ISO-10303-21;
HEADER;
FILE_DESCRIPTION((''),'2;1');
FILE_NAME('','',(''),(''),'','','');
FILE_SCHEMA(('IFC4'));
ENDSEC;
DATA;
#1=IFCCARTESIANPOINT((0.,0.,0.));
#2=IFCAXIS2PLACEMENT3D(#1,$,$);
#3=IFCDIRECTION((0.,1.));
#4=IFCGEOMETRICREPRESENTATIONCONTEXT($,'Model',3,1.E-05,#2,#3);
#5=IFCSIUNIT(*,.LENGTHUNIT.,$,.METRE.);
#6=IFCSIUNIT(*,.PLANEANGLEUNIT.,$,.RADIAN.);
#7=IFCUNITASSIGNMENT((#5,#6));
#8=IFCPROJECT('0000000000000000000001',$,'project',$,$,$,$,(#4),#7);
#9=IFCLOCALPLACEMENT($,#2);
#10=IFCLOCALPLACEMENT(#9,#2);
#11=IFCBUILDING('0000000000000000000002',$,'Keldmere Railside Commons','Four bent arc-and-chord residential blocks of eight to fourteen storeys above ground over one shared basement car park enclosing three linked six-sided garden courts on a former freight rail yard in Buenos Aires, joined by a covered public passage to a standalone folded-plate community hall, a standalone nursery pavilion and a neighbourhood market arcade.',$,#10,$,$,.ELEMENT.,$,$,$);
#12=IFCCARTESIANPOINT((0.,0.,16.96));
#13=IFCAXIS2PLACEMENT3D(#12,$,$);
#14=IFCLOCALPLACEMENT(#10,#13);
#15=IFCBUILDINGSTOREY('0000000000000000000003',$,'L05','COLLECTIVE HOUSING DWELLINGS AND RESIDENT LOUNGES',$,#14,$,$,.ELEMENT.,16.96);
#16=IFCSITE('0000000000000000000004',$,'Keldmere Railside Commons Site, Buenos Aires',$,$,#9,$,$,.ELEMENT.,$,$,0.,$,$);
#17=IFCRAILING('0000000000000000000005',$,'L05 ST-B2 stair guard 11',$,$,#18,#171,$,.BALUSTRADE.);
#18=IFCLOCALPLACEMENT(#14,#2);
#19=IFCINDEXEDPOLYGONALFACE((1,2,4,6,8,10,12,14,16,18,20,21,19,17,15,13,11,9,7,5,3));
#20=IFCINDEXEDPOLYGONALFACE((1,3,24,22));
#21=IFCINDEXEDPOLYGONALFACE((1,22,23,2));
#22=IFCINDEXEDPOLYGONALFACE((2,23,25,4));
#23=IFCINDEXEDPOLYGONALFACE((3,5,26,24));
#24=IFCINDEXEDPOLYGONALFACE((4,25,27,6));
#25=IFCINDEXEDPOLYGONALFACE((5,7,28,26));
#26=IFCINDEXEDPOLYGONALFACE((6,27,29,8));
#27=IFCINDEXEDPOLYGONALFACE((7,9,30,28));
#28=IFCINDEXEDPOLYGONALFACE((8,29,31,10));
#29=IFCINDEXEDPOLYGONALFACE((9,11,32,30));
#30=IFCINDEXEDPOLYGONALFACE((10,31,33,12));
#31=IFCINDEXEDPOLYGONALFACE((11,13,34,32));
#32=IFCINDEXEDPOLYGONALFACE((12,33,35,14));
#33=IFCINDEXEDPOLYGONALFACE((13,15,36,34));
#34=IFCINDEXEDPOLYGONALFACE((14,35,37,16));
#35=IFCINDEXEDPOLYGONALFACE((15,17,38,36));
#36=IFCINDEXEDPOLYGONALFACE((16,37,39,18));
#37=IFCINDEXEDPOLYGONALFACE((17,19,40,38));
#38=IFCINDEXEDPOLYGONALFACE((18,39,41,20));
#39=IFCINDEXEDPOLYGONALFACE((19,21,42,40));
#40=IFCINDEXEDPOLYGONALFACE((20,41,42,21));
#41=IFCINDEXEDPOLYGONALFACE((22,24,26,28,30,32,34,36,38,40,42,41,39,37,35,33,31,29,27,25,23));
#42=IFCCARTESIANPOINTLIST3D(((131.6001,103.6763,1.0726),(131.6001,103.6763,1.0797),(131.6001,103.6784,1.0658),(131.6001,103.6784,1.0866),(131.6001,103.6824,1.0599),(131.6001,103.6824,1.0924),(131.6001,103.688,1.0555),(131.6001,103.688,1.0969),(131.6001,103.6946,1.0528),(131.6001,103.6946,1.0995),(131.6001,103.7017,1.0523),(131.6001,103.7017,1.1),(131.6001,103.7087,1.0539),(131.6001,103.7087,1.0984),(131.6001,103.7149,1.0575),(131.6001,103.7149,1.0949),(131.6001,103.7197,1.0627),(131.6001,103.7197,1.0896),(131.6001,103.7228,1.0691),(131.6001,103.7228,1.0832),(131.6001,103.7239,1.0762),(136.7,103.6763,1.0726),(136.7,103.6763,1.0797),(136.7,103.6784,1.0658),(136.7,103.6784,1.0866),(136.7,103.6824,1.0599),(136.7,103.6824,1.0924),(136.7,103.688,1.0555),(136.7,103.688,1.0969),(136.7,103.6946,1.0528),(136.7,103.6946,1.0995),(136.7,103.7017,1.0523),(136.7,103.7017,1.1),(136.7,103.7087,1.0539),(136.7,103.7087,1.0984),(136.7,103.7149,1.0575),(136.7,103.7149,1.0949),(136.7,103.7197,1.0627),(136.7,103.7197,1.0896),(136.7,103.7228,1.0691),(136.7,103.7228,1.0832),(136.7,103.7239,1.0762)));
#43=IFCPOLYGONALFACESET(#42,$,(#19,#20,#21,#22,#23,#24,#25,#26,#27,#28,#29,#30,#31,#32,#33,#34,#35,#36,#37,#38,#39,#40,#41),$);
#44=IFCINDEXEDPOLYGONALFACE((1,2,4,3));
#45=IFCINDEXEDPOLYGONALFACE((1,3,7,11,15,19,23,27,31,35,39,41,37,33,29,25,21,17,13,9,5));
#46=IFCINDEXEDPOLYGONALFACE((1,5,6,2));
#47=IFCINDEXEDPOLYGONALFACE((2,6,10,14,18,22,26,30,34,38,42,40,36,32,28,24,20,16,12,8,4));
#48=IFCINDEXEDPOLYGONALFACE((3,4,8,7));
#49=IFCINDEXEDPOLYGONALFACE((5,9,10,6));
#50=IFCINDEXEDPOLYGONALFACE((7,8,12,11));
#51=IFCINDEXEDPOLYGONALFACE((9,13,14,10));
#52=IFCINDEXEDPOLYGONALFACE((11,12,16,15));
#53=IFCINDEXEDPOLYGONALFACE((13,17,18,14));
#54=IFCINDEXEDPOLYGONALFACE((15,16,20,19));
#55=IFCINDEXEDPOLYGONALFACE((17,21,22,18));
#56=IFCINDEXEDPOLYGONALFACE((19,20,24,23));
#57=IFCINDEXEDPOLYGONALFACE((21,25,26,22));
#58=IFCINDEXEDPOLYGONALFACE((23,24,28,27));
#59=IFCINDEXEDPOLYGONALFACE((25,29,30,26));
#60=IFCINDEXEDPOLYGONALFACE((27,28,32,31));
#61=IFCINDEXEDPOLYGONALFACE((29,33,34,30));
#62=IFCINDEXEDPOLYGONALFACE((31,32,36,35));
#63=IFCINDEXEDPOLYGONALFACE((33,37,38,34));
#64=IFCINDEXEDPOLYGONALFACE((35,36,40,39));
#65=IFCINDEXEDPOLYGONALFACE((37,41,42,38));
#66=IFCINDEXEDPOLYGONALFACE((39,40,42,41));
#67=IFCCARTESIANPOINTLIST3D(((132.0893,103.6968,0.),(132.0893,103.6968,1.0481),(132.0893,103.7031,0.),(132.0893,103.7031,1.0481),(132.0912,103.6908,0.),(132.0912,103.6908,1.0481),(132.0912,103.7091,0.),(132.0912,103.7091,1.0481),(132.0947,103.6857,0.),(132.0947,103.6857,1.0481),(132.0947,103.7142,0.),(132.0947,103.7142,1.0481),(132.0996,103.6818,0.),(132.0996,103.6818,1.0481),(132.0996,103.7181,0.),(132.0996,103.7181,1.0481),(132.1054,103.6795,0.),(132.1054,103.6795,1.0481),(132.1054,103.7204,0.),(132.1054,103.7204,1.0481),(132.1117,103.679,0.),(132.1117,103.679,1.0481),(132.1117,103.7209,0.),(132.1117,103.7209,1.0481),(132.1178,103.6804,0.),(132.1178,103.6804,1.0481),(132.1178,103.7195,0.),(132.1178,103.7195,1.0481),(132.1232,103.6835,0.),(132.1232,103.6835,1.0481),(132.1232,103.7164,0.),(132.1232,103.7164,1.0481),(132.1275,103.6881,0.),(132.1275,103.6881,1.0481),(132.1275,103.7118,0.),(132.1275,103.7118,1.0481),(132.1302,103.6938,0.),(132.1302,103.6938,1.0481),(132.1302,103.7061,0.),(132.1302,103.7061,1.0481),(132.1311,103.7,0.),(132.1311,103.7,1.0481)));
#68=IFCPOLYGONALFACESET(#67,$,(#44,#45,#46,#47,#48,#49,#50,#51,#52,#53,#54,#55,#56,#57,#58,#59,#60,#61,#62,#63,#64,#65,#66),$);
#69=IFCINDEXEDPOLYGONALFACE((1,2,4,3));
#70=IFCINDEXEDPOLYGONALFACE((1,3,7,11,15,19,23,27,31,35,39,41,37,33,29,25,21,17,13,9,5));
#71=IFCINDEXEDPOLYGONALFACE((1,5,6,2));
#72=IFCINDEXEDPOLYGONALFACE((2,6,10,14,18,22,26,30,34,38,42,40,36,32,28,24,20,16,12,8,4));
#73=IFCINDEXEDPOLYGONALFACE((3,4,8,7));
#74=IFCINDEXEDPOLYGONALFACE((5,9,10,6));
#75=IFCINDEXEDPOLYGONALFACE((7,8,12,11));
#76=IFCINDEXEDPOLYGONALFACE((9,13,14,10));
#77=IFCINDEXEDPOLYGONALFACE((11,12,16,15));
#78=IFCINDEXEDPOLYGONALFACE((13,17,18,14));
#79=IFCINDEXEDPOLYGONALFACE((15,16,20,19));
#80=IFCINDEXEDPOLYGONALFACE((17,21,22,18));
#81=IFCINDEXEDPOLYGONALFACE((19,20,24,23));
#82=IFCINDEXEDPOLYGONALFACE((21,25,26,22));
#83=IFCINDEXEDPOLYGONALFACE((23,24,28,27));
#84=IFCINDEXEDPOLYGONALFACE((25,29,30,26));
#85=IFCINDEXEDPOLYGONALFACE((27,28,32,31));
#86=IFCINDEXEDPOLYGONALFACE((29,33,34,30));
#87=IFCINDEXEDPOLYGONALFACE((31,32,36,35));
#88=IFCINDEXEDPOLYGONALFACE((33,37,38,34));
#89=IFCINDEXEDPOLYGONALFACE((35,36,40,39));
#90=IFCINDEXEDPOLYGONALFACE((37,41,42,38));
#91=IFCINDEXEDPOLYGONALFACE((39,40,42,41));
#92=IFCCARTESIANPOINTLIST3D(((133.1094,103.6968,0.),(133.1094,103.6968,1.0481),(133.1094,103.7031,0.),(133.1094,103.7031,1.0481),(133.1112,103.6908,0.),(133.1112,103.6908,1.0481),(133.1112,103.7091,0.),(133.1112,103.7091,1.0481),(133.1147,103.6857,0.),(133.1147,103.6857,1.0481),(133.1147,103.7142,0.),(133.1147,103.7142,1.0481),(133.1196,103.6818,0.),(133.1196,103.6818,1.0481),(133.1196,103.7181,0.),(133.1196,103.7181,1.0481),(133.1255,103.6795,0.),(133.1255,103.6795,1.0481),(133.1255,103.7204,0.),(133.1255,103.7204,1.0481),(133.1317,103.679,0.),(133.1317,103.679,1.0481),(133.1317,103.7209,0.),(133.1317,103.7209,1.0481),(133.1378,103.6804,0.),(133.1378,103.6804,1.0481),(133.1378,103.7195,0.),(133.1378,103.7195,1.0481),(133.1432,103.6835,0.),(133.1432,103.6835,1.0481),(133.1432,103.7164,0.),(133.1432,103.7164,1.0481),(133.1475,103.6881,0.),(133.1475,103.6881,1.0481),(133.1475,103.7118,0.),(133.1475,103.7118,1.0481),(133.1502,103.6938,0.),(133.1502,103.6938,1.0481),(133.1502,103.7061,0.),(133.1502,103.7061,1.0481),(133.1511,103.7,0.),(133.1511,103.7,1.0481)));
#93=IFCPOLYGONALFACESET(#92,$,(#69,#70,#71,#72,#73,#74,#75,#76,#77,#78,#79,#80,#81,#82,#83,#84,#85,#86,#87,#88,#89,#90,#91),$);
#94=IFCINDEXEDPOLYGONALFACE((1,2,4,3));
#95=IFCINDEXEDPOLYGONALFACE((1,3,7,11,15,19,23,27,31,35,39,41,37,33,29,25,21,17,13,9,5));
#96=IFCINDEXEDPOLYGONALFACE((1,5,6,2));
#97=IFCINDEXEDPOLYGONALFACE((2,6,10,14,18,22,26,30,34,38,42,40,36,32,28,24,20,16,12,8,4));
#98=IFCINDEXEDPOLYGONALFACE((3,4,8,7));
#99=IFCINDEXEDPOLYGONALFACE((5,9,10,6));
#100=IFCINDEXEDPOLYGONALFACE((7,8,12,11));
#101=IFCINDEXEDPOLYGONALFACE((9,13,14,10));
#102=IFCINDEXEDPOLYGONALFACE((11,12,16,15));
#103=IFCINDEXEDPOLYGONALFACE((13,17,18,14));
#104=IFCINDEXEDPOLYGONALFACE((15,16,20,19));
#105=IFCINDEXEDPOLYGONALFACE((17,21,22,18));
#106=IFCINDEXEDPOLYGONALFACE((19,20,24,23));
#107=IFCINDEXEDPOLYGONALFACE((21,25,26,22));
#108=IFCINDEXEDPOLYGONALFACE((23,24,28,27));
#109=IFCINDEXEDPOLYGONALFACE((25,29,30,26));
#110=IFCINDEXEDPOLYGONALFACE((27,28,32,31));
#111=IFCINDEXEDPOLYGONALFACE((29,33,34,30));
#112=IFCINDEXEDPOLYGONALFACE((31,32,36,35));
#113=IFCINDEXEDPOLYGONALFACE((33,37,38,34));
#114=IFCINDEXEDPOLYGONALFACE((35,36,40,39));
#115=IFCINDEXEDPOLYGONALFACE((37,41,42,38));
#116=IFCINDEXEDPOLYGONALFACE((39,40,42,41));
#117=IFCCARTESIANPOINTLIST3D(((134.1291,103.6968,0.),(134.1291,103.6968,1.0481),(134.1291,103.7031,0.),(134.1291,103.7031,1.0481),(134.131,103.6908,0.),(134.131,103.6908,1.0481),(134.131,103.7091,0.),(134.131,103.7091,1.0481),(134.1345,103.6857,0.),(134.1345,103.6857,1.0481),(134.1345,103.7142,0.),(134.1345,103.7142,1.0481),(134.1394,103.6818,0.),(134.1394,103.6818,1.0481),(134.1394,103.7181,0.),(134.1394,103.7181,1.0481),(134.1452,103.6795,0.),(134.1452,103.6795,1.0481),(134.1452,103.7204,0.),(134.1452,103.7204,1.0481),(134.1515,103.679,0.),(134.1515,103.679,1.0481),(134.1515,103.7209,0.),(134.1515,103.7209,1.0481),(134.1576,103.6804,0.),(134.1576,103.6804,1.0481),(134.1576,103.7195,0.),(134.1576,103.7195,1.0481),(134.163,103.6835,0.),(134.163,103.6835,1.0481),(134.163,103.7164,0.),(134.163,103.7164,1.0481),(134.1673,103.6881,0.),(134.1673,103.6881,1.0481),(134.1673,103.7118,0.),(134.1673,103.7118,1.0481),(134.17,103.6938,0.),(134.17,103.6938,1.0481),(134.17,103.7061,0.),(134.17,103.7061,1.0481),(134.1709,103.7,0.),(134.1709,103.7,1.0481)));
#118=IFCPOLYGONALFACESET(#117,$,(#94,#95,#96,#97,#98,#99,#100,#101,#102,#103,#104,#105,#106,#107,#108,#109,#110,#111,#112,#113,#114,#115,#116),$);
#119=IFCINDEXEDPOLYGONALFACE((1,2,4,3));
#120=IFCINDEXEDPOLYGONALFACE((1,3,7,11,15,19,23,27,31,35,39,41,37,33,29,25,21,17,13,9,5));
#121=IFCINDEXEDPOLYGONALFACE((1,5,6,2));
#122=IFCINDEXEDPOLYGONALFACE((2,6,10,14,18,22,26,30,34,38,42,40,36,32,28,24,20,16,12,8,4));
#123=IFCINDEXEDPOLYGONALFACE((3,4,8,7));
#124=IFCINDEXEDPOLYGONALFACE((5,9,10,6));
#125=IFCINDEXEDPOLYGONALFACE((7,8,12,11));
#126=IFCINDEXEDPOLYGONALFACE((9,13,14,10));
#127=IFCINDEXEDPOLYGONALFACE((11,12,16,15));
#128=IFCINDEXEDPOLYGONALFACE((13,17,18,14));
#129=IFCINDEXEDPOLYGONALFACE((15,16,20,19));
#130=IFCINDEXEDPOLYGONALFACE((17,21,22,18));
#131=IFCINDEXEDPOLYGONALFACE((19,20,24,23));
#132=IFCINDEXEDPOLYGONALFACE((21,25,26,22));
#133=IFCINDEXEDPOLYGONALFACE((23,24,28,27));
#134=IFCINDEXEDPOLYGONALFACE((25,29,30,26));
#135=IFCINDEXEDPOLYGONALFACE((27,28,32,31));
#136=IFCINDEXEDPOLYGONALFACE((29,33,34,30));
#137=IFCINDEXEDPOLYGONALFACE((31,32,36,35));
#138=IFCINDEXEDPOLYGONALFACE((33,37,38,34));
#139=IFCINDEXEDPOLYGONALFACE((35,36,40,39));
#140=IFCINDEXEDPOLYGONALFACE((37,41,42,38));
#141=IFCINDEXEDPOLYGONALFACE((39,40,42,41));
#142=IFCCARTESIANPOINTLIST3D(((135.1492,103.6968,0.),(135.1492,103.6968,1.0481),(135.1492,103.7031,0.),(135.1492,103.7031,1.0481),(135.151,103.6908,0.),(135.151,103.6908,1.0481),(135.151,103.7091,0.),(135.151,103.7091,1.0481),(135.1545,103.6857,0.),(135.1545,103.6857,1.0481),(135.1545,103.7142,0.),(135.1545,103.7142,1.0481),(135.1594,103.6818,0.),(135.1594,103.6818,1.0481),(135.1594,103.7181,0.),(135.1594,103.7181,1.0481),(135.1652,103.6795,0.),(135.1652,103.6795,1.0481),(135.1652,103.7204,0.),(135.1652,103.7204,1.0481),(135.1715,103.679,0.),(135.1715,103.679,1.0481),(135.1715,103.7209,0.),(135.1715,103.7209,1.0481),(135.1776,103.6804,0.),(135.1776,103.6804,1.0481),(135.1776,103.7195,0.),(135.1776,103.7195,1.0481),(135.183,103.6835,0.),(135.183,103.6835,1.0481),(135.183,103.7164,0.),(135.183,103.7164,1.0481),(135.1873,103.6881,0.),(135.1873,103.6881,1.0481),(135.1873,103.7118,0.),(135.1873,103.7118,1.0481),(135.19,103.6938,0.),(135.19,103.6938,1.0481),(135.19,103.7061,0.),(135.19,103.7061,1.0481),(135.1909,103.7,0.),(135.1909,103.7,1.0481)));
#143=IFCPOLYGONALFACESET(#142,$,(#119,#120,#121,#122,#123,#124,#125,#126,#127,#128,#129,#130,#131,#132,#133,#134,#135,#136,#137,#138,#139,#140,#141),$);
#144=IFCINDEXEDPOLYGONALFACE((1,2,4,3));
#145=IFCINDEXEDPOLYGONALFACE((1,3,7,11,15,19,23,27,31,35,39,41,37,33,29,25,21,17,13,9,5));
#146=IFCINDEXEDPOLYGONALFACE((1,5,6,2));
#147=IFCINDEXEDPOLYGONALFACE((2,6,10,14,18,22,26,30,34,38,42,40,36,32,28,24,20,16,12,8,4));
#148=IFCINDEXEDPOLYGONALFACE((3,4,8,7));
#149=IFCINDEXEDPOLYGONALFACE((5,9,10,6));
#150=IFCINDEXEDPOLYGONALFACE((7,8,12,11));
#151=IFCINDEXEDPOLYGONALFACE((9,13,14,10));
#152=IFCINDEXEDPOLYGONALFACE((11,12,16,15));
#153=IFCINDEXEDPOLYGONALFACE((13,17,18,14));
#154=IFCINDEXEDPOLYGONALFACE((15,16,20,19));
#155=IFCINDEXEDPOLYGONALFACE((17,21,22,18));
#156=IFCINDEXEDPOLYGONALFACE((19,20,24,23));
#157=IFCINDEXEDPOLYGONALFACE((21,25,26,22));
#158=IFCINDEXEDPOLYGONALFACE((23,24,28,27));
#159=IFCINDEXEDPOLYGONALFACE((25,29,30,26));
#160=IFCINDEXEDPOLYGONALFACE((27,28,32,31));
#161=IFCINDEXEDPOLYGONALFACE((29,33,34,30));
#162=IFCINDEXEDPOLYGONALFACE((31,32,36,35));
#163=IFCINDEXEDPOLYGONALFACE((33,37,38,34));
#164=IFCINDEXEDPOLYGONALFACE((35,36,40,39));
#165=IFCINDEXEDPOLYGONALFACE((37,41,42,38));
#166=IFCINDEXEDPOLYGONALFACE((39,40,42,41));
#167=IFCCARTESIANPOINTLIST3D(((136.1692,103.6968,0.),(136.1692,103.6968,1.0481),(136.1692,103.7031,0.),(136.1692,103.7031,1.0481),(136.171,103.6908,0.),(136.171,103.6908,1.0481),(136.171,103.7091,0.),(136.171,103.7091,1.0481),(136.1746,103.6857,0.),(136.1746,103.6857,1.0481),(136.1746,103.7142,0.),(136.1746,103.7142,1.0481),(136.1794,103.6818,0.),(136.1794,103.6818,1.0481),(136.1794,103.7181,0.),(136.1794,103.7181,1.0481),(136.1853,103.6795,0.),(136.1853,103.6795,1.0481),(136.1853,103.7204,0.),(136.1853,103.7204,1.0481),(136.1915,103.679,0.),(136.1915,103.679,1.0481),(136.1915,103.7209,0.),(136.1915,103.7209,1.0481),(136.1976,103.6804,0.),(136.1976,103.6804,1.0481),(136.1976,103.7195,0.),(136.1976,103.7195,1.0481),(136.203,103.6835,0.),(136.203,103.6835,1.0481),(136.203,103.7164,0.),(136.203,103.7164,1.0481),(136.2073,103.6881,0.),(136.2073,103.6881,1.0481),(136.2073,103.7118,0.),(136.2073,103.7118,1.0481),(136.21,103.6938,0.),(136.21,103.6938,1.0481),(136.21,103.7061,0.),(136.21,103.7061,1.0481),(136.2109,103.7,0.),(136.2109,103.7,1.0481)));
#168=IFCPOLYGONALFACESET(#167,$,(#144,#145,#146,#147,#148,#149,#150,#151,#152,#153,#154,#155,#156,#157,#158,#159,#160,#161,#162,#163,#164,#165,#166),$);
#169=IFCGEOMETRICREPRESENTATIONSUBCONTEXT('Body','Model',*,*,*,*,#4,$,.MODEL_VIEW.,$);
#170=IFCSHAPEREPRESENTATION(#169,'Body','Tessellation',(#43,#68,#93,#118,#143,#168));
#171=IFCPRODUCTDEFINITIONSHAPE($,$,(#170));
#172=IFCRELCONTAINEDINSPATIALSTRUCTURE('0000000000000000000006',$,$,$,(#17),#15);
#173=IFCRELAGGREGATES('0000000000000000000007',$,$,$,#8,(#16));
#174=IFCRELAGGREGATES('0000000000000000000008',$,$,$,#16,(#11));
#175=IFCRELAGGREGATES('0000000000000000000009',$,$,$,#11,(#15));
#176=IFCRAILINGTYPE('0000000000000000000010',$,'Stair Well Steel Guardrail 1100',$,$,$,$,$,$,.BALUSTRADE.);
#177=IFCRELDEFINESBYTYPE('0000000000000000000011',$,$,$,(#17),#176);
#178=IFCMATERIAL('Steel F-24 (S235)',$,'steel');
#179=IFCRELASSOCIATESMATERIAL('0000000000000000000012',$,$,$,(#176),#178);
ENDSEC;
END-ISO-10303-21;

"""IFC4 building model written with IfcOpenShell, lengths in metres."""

from ifc_helpers import new_model, si_unit, direction, frame, origin, origin_2d, place, context, subcontext, project, spatial, circle, extrude, material, type_object, element, save


model = new_model("IFC4")

# Units and contexts
model_context = context("Model", 3, precision=1e-05, world=origin(), true_north=direction((0.0, 1.0)))
body_context = subcontext(model_context, "Body", "Model", "MODEL_VIEW")
ifc_project = project(units=[si_unit("LENGTHUNIT", "METRE"), si_unit("PLANEANGLEUNIT", "RADIAN")], contexts=[model_context])

# Site, building, storey
site_placement = place(None, origin())
site = spatial("IfcSite", under=ifc_project, at=site_placement, Name="Keldmere Railside Commons Site, Buenos Aires", CompositionType="ELEMENT", RefElevation=0.0)
building_placement = place(site_placement, origin())
building = spatial("IfcBuilding", under=site, at=building_placement, Name="Keldmere Railside Commons", Description="Four bent arc-and-chord residential blocks of eight to fourteen storeys above ground over one shared basement car park enclosing three linked six-sided garden courts on a former freight rail yard in Buenos Aires, joined by a covered public passage to a standalone folded-plate community hall, a standalone nursery pavilion and a neighbourhood market arcade.", CompositionType="ELEMENT")
storey_placement = place(building_placement, frame((0.0, 0.0, 16.96)))
storey = spatial("IfcBuildingStorey", under=building, at=storey_placement, Name="L05", Description="COLLECTIVE HOUSING DWELLINGS AND RESIDENT LOUNGES", CompositionType="ELEMENT", Elevation=16.96)

# Railing
ifc_material_1 = material(Name="Steel F-24 (S235)", Category="steel")
railing_type = type_object("IfcRailingType", Name="Stair Well Steel Guardrail 1100", PredefinedType="BALUSTRADE", material=ifc_material_1)
for number, where, name in (
    (1, (131.6001, 103.7, 0.0), "L05 ST-B2 stair guard 11"),
):
    element("IfcRailing", number, at=place(storey_placement, frame(where)), inside=storey, type_object=railing_type, Name=name, PredefinedType="BALUSTRADE", context=body_context, shape_type="SweptSolid", body=[
        extrude(circle(Radius=0.0239, at=origin_2d()), frame((0.0, 0.0, 1.0762), z_axis=(1.0, 0.0, 0.0), x_axis=(0.0, 1.0, 0.0)), (0.0, 0.0, 1.0), 5.0999),
        extrude(circle(Radius=0.021, at=origin_2d()), frame((0.51, 0.0, 0.0)), (0.0, 0.0, 1.0), 1.0481),
        extrude(circle(Radius=0.021, at=origin_2d()), frame((1.53, 0.0, 0.0)), (0.0, 0.0, 1.0), 1.0481),
        extrude(circle(Radius=0.021, at=origin_2d()), frame((2.5498, 0.0, 0.0)), (0.0, 0.0, 1.0), 1.0481),
        extrude(circle(Radius=0.021, at=origin_2d()), frame((3.5698, 0.0, 0.0)), (0.0, 0.0, 1.0), 1.0481),
        extrude(circle(Radius=0.021, at=origin_2d()), frame((4.5898, 0.0, 0.0)), (0.0, 0.0, 1.0), 1.0481),
    ])

save(model, "model.ifc")
